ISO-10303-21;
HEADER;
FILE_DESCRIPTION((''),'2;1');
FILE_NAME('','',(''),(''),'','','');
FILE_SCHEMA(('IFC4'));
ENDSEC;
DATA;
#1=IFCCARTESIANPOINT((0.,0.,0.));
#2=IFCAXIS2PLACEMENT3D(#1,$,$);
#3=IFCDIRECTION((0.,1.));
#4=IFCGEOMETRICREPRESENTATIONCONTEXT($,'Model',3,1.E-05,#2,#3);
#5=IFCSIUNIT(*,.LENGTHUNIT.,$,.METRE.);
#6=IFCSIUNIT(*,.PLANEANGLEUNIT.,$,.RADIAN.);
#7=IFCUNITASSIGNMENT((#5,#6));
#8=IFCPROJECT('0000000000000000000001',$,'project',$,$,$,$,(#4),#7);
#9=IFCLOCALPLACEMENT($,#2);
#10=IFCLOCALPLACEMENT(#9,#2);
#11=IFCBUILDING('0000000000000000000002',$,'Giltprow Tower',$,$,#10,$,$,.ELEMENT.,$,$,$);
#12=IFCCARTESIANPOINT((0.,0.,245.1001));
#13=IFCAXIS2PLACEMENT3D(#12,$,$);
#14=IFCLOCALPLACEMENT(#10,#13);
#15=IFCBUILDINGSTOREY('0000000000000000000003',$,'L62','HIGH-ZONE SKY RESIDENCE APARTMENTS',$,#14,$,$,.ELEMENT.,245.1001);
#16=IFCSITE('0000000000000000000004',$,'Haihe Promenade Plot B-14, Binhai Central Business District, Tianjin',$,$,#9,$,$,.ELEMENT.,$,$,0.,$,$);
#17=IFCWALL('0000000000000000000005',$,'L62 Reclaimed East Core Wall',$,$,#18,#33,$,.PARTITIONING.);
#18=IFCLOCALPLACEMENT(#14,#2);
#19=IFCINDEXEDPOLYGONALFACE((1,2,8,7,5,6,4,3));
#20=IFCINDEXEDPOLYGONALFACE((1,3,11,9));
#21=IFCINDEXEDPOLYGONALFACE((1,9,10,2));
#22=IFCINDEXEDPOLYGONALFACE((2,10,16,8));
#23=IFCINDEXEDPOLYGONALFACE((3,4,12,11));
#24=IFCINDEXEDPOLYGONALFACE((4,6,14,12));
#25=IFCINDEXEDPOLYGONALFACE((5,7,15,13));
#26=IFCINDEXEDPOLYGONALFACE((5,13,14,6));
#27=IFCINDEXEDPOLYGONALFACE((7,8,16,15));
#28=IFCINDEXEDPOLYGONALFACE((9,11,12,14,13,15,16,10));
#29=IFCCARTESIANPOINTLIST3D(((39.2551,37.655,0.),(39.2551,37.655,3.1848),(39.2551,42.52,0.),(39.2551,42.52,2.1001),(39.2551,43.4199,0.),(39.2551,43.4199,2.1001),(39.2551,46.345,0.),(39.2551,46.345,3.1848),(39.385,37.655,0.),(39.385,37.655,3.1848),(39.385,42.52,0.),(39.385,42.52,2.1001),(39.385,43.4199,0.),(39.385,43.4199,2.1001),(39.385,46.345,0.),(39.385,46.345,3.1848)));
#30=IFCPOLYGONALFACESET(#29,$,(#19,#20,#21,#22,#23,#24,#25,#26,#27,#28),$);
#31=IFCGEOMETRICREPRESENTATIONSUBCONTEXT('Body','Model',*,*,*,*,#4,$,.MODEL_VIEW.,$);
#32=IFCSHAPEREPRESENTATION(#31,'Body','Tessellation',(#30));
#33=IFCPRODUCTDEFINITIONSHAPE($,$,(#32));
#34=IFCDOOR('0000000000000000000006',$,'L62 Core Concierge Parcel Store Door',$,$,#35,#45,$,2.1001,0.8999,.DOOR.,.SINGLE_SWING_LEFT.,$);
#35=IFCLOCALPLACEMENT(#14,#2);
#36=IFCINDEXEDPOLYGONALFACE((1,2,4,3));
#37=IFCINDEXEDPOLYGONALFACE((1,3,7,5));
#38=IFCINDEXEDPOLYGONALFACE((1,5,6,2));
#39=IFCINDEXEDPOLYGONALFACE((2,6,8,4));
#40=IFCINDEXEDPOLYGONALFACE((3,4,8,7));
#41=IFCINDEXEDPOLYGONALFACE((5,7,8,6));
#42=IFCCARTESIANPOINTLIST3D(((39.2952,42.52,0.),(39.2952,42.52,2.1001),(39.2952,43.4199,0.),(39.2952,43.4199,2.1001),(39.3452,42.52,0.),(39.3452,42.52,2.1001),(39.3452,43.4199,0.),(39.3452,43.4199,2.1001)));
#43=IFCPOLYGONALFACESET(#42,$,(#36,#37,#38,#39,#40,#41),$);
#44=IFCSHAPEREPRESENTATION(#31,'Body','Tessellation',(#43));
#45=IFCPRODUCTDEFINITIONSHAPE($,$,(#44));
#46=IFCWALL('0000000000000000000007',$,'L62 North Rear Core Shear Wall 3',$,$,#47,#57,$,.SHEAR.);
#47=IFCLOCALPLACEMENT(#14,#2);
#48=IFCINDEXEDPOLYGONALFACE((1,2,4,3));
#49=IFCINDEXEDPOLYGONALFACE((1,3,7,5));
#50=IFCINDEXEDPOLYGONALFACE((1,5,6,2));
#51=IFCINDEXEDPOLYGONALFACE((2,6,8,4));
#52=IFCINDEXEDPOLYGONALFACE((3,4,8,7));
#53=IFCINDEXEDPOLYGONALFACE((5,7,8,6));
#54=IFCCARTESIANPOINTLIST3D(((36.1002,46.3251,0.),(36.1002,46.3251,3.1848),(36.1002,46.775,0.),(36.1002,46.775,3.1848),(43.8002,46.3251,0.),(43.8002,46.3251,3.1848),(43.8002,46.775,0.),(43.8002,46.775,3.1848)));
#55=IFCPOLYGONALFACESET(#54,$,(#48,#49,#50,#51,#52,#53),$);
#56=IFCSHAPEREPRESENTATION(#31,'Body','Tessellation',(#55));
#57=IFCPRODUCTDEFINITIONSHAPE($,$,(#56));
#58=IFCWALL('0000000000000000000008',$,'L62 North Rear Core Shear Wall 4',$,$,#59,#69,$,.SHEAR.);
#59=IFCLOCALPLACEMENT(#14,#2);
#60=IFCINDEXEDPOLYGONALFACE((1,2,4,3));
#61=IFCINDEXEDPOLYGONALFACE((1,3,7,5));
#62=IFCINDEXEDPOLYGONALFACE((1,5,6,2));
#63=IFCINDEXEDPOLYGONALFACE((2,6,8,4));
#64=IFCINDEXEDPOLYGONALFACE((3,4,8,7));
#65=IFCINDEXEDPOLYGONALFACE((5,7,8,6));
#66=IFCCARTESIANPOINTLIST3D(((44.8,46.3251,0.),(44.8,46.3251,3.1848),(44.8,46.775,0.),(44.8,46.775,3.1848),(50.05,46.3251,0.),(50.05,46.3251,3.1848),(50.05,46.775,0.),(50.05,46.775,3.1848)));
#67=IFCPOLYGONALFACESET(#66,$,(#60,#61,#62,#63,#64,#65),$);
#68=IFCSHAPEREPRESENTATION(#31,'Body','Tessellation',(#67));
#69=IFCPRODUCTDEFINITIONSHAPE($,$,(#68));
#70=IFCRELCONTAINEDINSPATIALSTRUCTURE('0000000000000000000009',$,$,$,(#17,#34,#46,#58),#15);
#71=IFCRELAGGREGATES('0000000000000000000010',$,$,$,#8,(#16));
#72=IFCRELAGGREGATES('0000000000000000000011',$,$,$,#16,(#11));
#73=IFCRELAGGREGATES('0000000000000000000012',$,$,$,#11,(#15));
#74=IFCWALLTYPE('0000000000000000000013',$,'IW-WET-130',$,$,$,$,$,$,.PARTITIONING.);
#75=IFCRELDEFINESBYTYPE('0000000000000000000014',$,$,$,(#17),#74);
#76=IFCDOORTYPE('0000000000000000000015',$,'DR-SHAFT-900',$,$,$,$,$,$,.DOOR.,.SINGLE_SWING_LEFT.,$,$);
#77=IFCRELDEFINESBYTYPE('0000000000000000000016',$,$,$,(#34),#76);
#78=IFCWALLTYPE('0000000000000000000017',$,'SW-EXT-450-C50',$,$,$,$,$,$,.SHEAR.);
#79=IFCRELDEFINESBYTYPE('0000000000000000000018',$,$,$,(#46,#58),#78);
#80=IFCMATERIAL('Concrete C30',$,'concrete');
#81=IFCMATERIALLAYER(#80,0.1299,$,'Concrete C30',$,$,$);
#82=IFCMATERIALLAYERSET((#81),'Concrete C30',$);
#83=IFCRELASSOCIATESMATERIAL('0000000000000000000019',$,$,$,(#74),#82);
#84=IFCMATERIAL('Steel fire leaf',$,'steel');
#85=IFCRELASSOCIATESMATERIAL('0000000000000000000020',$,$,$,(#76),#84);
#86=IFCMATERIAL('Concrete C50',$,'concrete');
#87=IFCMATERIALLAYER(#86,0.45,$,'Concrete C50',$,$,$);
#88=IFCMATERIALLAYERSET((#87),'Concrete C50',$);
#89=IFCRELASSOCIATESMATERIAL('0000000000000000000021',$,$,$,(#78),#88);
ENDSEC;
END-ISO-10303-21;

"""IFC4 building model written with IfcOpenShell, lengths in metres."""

from ifc_helpers import new_model, si_unit, direction, frame, frame_2d, origin, place, context, subcontext, project, spatial, rectangle, extrude, source, transform, mapped, material, layer, layer_set, type_object, element, fill, save


model = new_model("IFC4")

# Units and contexts
model_context = context("Model", 3, precision=1e-05, world=origin(), true_north=direction((0.0, 1.0)))
body_context = subcontext(model_context, "Body", "Model", "MODEL_VIEW")
ifc_project = project(units=[si_unit("LENGTHUNIT", "METRE"), si_unit("PLANEANGLEUNIT", "RADIAN")], contexts=[model_context])

# Site, building, storey
site_placement = place(None, origin())
site = spatial("IfcSite", under=ifc_project, at=site_placement, Name="Haihe Promenade Plot B-14, Binhai Central Business District, Tianjin", CompositionType="ELEMENT", RefElevation=0.0)
building_placement = place(site_placement, origin())
building = spatial("IfcBuilding", under=site, at=building_placement, Name="Giltprow Tower", CompositionType="ELEMENT")
storey_placement = place(building_placement, frame((0.0, 0.0, 245.1001)))
storey = spatial("IfcBuildingStorey", under=building, at=storey_placement, Name="L62", Description="HIGH-ZONE SKY RESIDENCE APARTMENTS", CompositionType="ELEMENT", Elevation=245.1001)

# Shared definitions
ifc_material_1 = material(Name="Concrete C50", Category="concrete")

# Shared definitions
ifc_material_2 = material(Name="Concrete C30", Category="concrete")
ifc_layer_1 = layer(ifc_material_2, 0.1299, Name="Concrete C30")
ifc_layer_set_1 = layer_set([ifc_layer_1], Name="Concrete C30")
wall_type_1 = type_object("IfcWallType", Name="IW-WET-130", PredefinedType="PARTITIONING", material=ifc_layer_set_1)

# Wall, opening, door
wall_1_placement = place(storey_placement, frame((39.3201, 37.655, 0.0), z_axis=(0.0, 0.0, 1.0), x_axis=(0.0, 1.0, 0.0)))
wall_1 = element("IfcWall", 1, at=wall_1_placement, inside=storey, type_object=wall_type_1, Name="L62 Reclaimed East Core Wall", PredefinedType="PARTITIONING", context=body_context, shape_type="SweptSolid", body=[
    extrude(rectangle(XDim=8.6899, YDim=0.1299, at=frame_2d((4.345, 0.0))), origin(), (0.0, 0.0, 1.0), 3.1848),
])
opening_1_placement = place(wall_1_placement, frame((4.865, 0.0, 0.0)))
opening_1 = element("IfcOpeningElement", 2, at=opening_1_placement, cuts=wall_1, PredefinedType="OPENING", context=body_context, shape_type="SweptSolid", body=[
    extrude(rectangle(XDim=0.8999, YDim=2.1001, at=frame_2d((0.45, 1.05))), frame((0.0, 0.075, 0.0), z_axis=(0.0, -1.0, 0.0), x_axis=(1.0, 0.0, 0.0)), (0.0, 0.0, 1.0), 0.1499),
])
ifc_material_3 = material(Name="Steel fire leaf", Category="steel")
door_type_1 = type_object("IfcDoorType", Name="DR-SHAFT-900", OperationType="SINGLE_SWING_LEFT", PredefinedType="DOOR", material=ifc_material_3)
shared_shape_1 = source(origin(), body_context, "Body", "SweptSolid", [
    extrude(rectangle(XDim=0.8999, YDim=2.1001, at=frame_2d((0.45, 1.05))), frame((0.0, 0.0249, 0.0), z_axis=(0.0, -1.0, 0.0), x_axis=(1.0, 0.0, 0.0)), (0.0, 0.0, 1.0), 0.05),
])
door_1_placement = place(opening_1_placement, origin())
door_1 = element("IfcDoor", 3, at=door_1_placement, inside=storey, type_object=door_type_1, Name="L62 Core Concierge Parcel Store Door", OperationType="SINGLE_SWING_LEFT", OverallHeight=2.1001, OverallWidth=0.8999, PredefinedType="DOOR", context=body_context, shape_type="MappedRepresentation", body=[
    mapped(shared_shape_1, transform((0.0, 0.0, 0.0), x_axis=(1.0, 0.0, 0.0), y_axis=(0.0, 1.0, 0.0), z_axis=(0.0, 0.0, 1.0), scale=1.0)),
])
fill(opening_1, door_1)

# Walls
ifc_layer_2 = layer(ifc_material_1, 0.45, Name="Concrete C50")
ifc_layer_set_2 = layer_set([ifc_layer_2], Name="Concrete C50")
wall_type_2 = type_object("IfcWallType", Name="SW-EXT-450-C50", PredefinedType="SHEAR", material=ifc_layer_set_2)
wall_2_placement = place(storey_placement, frame((36.1001, 46.55, 0.0), z_axis=(0.0, 0.0, 1.0), x_axis=(1.0, 0.0, 0.0)))
element("IfcWall", 4, at=wall_2_placement, inside=storey, type_object=wall_type_2, Name="L62 North Rear Core Shear Wall 3", PredefinedType="SHEAR", context=body_context, shape_type="SweptSolid", body=[
    extrude(rectangle(XDim=7.7, YDim=0.45, at=frame_2d((3.8501, 0.0))), origin(), (0.0, 0.0, 1.0), 3.1848),
])
wall_3_placement = place(storey_placement, frame((44.8, 46.55, 0.0), z_axis=(0.0, 0.0, 1.0), x_axis=(1.0, 0.0, 0.0)))
element("IfcWall", 5, at=wall_3_placement, inside=storey, type_object=wall_type_2, Name="L62 North Rear Core Shear Wall 4", PredefinedType="SHEAR", context=body_context, shape_type="SweptSolid", body=[
    extrude(rectangle(XDim=5.25, YDim=0.45, at=frame_2d((2.625, 0.0))), origin(), (0.0, 0.0, 1.0), 3.1848),
])

save(model, "model.ifc")
